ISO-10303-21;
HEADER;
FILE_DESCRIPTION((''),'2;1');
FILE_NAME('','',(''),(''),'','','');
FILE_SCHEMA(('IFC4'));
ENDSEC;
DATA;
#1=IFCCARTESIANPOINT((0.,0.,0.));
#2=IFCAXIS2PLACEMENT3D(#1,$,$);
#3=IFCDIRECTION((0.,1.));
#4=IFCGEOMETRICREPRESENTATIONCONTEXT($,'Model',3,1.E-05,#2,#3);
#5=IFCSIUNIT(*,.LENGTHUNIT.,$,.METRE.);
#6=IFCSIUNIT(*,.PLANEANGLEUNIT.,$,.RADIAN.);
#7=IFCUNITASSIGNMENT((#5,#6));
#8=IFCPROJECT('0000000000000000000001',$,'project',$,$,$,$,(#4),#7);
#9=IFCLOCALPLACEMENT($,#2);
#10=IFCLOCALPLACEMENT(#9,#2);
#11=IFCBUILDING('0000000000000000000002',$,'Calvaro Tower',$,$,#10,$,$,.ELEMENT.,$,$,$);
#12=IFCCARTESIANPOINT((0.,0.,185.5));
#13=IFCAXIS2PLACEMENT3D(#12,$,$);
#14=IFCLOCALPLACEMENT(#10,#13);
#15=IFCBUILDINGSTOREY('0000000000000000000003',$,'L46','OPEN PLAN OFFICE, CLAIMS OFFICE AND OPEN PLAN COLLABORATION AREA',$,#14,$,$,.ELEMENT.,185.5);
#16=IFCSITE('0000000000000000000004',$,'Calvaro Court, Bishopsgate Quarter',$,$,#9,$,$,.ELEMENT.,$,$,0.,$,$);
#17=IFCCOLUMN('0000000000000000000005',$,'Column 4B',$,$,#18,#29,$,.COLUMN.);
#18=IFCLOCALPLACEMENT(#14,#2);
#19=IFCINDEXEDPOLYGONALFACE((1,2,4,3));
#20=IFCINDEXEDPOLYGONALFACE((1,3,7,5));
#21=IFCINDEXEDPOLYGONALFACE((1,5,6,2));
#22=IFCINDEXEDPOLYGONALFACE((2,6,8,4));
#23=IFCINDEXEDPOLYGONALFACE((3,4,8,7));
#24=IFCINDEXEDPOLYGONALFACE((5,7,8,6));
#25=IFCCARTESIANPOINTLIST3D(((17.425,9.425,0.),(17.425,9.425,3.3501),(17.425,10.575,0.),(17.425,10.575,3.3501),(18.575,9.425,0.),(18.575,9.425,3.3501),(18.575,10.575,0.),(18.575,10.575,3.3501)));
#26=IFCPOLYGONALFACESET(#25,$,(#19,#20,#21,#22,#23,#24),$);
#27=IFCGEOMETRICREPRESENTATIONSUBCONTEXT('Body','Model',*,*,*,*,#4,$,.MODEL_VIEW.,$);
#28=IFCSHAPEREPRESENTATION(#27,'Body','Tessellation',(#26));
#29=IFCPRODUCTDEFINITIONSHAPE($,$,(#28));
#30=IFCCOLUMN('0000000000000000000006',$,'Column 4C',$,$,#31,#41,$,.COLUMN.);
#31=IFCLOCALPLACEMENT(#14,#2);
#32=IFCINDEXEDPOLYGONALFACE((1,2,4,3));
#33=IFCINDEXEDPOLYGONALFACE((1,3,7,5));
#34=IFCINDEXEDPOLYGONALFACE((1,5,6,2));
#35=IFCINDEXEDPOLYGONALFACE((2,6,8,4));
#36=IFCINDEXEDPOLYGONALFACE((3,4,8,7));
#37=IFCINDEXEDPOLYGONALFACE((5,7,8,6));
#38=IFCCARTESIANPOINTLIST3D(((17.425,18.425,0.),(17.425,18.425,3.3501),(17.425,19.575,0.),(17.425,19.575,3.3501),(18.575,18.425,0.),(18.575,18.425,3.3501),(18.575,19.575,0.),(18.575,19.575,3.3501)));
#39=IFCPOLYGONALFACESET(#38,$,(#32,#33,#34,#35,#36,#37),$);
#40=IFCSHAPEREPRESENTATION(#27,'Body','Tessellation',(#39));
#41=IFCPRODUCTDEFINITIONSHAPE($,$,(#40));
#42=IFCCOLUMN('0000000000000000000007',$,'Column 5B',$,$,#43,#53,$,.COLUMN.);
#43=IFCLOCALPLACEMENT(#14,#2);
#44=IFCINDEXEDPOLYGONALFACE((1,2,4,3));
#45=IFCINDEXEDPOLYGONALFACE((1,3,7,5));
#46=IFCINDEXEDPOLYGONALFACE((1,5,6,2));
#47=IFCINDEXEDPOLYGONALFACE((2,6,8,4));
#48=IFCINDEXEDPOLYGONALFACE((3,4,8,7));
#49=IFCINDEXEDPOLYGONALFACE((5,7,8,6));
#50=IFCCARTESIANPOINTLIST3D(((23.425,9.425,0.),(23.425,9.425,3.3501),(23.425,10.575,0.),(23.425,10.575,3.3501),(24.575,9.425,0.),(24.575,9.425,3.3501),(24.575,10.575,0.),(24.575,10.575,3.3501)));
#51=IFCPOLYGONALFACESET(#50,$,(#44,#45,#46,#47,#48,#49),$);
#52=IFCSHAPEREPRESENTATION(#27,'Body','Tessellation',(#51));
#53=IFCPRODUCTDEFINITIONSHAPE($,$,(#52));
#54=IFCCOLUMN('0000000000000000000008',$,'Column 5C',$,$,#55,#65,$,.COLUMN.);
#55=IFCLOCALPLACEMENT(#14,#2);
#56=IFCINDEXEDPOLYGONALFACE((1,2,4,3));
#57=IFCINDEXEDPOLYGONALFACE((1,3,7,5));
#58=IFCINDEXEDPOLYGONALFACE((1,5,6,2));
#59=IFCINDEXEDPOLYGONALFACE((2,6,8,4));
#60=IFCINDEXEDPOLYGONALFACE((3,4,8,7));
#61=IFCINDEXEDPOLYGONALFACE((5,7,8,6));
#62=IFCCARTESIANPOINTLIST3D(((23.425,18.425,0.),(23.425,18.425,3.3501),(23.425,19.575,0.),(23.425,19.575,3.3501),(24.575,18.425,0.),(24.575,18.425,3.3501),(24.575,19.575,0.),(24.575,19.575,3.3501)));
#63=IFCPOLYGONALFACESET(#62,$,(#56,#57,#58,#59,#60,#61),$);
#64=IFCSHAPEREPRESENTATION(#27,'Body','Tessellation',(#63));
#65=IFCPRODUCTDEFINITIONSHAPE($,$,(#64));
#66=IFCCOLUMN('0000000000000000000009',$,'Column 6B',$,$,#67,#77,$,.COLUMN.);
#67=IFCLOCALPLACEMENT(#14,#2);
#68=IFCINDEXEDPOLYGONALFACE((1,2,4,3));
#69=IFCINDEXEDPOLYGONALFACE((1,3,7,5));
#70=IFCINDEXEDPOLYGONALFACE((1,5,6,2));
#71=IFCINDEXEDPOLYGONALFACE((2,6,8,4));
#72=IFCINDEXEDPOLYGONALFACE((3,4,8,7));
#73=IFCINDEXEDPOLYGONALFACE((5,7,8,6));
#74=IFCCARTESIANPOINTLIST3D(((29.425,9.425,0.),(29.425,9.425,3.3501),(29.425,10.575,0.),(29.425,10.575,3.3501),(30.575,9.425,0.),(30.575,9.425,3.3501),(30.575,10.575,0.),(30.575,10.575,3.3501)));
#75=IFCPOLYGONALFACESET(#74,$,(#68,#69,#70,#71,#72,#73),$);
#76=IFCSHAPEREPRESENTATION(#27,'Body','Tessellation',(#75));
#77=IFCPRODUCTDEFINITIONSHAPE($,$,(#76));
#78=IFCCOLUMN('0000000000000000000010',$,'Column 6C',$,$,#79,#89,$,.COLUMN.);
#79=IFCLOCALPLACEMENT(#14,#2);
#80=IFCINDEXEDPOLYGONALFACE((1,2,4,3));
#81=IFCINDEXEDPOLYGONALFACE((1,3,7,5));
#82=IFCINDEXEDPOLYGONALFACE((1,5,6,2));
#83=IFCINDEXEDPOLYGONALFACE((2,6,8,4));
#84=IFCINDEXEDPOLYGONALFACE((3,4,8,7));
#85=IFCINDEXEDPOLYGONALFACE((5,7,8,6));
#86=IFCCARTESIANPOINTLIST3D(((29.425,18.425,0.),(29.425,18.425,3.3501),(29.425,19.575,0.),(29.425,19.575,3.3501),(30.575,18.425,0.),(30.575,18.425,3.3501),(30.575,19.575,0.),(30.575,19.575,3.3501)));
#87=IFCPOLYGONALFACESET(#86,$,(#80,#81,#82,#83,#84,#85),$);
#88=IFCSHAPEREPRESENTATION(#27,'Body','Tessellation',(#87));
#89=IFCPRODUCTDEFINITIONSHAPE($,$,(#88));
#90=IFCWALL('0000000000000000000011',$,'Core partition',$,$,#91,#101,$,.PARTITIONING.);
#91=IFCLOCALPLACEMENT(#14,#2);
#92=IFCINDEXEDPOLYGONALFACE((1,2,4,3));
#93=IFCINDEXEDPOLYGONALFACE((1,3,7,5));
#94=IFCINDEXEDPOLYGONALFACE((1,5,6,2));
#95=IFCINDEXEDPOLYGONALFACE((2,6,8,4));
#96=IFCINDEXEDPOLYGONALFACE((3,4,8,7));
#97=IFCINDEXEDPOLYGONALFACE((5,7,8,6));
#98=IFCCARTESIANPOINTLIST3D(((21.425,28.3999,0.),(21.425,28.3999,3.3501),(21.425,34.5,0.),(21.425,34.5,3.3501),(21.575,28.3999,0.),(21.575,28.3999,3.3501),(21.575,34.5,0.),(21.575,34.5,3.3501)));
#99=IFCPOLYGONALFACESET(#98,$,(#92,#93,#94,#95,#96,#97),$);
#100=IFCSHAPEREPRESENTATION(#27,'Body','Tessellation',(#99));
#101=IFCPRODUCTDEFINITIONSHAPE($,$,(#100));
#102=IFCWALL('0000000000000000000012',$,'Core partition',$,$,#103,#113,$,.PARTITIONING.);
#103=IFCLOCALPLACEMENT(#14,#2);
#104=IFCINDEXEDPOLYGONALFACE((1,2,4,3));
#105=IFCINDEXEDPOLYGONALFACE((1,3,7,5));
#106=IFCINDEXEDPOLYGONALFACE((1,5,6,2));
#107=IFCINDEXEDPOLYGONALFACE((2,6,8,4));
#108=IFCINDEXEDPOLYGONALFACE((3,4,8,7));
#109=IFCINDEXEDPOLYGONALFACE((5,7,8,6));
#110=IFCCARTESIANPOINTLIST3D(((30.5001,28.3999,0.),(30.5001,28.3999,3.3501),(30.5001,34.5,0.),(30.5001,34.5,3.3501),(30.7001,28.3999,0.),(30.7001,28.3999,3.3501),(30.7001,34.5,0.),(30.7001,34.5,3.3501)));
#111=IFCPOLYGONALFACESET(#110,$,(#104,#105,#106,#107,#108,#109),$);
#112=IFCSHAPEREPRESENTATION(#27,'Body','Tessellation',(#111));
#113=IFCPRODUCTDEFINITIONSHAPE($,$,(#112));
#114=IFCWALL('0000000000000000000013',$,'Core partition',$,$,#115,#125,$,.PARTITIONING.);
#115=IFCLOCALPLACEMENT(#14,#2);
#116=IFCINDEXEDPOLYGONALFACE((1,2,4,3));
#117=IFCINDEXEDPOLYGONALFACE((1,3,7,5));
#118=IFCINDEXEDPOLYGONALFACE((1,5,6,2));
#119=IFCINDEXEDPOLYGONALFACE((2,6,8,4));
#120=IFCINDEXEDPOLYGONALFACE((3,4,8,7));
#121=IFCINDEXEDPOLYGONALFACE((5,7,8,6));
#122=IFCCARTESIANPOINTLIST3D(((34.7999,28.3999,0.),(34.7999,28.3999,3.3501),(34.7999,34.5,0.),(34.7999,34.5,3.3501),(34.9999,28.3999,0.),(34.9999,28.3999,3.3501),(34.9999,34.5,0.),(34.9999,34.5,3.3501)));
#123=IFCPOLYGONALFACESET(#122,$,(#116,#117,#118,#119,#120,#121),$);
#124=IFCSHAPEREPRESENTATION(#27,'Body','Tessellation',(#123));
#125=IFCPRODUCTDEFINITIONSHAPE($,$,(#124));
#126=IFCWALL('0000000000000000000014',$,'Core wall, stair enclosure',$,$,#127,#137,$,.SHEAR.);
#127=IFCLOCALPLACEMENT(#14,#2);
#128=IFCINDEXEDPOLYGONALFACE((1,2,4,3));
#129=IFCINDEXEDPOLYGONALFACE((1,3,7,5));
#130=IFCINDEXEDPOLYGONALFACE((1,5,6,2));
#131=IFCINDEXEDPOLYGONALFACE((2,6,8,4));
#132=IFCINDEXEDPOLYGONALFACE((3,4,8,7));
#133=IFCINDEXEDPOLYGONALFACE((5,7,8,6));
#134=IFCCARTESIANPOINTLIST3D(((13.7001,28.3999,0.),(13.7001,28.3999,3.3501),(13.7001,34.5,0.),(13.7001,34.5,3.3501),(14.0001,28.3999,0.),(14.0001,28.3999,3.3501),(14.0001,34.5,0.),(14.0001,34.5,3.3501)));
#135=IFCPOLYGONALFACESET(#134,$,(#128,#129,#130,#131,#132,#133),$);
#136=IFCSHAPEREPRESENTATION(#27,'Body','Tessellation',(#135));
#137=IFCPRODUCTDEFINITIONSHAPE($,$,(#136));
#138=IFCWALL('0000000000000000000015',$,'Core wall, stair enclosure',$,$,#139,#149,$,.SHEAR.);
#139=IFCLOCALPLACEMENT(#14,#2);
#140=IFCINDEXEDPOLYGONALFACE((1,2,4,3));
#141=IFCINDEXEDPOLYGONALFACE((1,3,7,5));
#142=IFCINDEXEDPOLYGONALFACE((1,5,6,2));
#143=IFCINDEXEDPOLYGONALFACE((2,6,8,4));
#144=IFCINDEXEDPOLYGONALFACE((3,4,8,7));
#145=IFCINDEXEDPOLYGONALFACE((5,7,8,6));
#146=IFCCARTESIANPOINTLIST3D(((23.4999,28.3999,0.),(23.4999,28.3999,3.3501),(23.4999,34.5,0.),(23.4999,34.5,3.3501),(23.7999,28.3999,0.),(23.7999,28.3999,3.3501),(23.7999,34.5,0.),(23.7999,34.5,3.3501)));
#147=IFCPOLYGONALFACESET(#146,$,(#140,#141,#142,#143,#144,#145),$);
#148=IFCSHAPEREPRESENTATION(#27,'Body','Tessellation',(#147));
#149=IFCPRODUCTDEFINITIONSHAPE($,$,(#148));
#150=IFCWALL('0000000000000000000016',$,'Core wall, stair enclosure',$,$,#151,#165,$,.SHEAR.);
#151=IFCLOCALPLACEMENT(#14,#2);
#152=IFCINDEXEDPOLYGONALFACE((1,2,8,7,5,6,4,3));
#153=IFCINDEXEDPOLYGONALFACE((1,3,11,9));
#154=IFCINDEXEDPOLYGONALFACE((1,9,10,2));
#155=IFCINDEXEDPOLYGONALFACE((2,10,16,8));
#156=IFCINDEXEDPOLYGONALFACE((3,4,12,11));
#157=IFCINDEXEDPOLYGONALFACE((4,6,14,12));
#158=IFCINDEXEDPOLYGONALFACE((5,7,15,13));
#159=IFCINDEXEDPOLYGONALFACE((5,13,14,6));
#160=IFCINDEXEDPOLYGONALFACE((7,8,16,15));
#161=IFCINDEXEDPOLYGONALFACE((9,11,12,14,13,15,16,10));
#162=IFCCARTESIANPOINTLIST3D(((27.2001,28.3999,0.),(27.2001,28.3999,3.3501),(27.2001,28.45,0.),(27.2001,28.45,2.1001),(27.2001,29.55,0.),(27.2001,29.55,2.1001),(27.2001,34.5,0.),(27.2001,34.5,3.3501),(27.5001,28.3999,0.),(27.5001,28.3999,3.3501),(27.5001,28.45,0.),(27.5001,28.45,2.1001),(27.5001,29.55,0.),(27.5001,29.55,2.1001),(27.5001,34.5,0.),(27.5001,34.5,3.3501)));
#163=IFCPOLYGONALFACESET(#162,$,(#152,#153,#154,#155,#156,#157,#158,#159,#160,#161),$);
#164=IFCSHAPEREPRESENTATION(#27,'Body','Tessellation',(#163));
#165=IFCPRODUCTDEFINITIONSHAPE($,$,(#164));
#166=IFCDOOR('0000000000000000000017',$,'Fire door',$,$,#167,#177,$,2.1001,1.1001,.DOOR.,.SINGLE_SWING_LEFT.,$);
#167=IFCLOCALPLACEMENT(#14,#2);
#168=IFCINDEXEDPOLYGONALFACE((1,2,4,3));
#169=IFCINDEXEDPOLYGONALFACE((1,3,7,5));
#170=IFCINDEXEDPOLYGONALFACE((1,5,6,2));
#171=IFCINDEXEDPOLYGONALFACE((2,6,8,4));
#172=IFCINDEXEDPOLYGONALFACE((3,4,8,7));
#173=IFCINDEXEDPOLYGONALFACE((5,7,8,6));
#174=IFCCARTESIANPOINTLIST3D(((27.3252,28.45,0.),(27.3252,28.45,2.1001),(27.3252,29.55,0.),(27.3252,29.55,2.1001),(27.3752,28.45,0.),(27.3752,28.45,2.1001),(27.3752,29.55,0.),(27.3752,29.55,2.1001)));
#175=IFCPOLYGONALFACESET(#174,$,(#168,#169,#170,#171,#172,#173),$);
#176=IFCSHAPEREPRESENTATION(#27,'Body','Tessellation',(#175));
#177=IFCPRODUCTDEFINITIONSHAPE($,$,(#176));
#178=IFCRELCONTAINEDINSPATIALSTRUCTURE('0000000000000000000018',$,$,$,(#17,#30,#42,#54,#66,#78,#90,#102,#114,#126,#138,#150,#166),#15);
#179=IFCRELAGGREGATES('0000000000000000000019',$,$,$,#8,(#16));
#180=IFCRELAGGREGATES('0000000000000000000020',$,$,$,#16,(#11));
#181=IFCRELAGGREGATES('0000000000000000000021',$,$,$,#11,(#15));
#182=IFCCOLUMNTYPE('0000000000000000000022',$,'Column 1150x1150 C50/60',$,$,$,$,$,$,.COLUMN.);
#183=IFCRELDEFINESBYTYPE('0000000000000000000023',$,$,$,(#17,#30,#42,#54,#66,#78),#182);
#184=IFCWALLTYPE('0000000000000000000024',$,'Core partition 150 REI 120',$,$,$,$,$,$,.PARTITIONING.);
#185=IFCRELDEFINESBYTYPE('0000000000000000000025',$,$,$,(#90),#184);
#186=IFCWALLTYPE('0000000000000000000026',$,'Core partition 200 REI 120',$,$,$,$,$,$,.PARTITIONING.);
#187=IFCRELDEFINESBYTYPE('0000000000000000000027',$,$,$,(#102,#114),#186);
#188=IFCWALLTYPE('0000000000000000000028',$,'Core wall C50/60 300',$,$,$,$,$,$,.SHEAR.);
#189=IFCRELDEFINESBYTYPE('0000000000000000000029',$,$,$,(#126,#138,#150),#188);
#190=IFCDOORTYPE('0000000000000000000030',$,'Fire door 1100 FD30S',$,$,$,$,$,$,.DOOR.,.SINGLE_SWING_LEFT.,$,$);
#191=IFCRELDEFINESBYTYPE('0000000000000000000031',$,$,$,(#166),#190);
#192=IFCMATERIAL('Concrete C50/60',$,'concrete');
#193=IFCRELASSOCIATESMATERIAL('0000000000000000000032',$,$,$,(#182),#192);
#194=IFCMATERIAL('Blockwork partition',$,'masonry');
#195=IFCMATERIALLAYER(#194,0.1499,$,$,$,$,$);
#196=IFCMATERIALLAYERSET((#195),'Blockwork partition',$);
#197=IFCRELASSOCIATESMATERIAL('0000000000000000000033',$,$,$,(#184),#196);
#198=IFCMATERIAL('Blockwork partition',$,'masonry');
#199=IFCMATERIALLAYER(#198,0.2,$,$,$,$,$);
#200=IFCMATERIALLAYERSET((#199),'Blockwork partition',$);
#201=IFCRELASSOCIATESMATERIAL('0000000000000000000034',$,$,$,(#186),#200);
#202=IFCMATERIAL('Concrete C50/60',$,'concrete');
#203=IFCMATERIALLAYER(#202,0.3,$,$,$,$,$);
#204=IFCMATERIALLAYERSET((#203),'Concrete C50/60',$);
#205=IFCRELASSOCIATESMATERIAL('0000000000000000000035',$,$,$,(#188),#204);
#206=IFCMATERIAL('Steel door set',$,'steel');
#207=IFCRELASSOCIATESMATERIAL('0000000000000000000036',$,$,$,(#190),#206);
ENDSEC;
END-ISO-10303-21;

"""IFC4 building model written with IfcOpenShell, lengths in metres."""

from ifc_helpers import new_model, si_unit, direction, frame, frame_2d, origin, origin_2d, place, context, subcontext, project, spatial, rectangle, extrude, material, layer, layer_set, material_profile, profile_set, type_object, element, fill, save


model = new_model("IFC4")

# Units and contexts
model_context = context("Model", 3, precision=1e-05, world=origin(), true_north=direction((0.0, 1.0)))
body_context = subcontext(model_context, "Body", "Model", "MODEL_VIEW")
ifc_project = project(units=[si_unit("LENGTHUNIT", "METRE"), si_unit("PLANEANGLEUNIT", "RADIAN")], contexts=[model_context])

# Site, building, storey
site_placement = place(None, origin())
site = spatial("IfcSite", under=ifc_project, at=site_placement, Name="Calvaro Court, Bishopsgate Quarter", CompositionType="ELEMENT", RefElevation=0.0)
building_placement = place(site_placement, origin())
building = spatial("IfcBuilding", under=site, at=building_placement, Name="Calvaro Tower", CompositionType="ELEMENT")
storey_placement = place(building_placement, frame((0.0, 0.0, 185.5)))
storey = spatial("IfcBuildingStorey", under=building, at=storey_placement, Name="L46", Description="OPEN PLAN OFFICE, CLAIMS OFFICE AND OPEN PLAN COLLABORATION AREA", CompositionType="ELEMENT", Elevation=185.5)

# Columns
ifc_material_1 = material(Name="Concrete C50/60", Category="concrete")
ifc_material_profile = material_profile(ifc_material_1, rectangle(XDim=1.1499, YDim=1.1499, at=origin_2d()), Name="RC 1150x1150")
ifc_profile_set = profile_set([ifc_material_profile], Name="Concrete C50/60")
column_type = type_object("IfcColumnType", Name="Column 1150x1150 C50/60", PredefinedType="COLUMN", material=ifc_profile_set)
for number, where, z_axis, x_axis, name in (
    (1, (18.0, 10.0, 0.0), (0.0, 0.0, 1.0), (1.0, 0.0, 0.0), "Column 4B"),
    (2, (18.0, 19.0, 0.0), (0.0, 0.0, 1.0), (1.0, 0.0, 0.0), "Column 4C"),
    (3, (24.0, 10.0, 0.0), (0.0, 0.0, 1.0), (1.0, 0.0, 0.0), "Column 5B"),
    (4, (24.0, 19.0, 0.0), (0.0, 0.0, 1.0), (1.0, 0.0, 0.0), "Column 5C"),
    (5, (30.0, 10.0, 0.0), (0.0, 0.0, 1.0), (1.0, 0.0, 0.0), "Column 6B"),
    (6, (30.0, 19.0, 0.0), (0.0, 0.0, 1.0), (1.0, 0.0, 0.0), "Column 6C"),
):
    element("IfcColumn", number, at=place(storey_placement, frame(where, z_axis=z_axis, x_axis=x_axis)), inside=storey, type_object=column_type, Name=name, PredefinedType="COLUMN", context=body_context, shape_type="SweptSolid", body=[
        extrude(rectangle(XDim=1.1499, YDim=1.1499, at=origin_2d()), origin(), (0.0, 0.0, 1.0), 3.3501),
    ])

# Walls
ifc_material_2 = material(Name="Blockwork partition", Category="masonry")
ifc_layer_1 = layer(ifc_material_2, 0.1499)
ifc_layer_set_1 = layer_set([ifc_layer_1], Name="Blockwork partition")
wall_type_1 = type_object("IfcWallType", Name="Core partition 150 REI 120", PredefinedType="PARTITIONING", material=ifc_layer_set_1)
wall_1_placement = place(storey_placement, frame((21.5, 28.3999, 0.0), z_axis=(0.0, 0.0, 1.0), x_axis=(0.0, 1.0, 0.0)))
element("IfcWall", 7, at=wall_1_placement, inside=storey, type_object=wall_type_1, Name="Core partition", PredefinedType="PARTITIONING", context=body_context, shape_type="SweptSolid", body=[
    extrude(rectangle(XDim=6.1001, YDim=0.1499, at=frame_2d((3.05, 0.0))), origin(), (0.0, 0.0, 1.0), 3.3501),
])
ifc_material_3 = material(Name="Blockwork partition", Category="masonry")
ifc_layer_2 = layer(ifc_material_3, 0.2)
ifc_layer_set_2 = layer_set([ifc_layer_2], Name="Blockwork partition")
wall_type_2 = type_object("IfcWallType", Name="Core partition 200 REI 120", PredefinedType="PARTITIONING", material=ifc_layer_set_2)
for number, where, z_axis, x_axis, name in (
    (8, (30.6001, 28.3999, 0.0), (0.0, 0.0, 1.0), (0.0, 1.0, 0.0), "Core partition"),
    (9, (34.8999, 28.3999, 0.0), (0.0, 0.0, 1.0), (0.0, 1.0, 0.0), "Core partition"),
):
    element("IfcWall", number, at=place(storey_placement, frame(where, z_axis=z_axis, x_axis=x_axis)), inside=storey, type_object=wall_type_2, Name=name, PredefinedType="PARTITIONING", context=body_context, shape_type="SweptSolid", body=[
        extrude(rectangle(XDim=6.1001, YDim=0.2, at=frame_2d((3.05, 0.0))), origin(), (0.0, 0.0, 1.0), 3.3501),
    ])
ifc_material_4 = material(Name="Concrete C50/60", Category="concrete")
ifc_layer_3 = layer(ifc_material_4, 0.3)
ifc_layer_set_3 = layer_set([ifc_layer_3], Name="Concrete C50/60")
wall_type_3 = type_object("IfcWallType", Name="Core wall C50/60 300", PredefinedType="SHEAR", material=ifc_layer_set_3)
for number, where, z_axis, x_axis, name in (
    (10, (13.8501, 28.3999, 0.0), (0.0, 0.0, 1.0), (0.0, 1.0, 0.0), "Core wall, stair enclosure"),
    (11, (23.6499, 28.3999, 0.0), (0.0, 0.0, 1.0), (0.0, 1.0, 0.0), "Core wall, stair enclosure"),
):
    element("IfcWall", number, at=place(storey_placement, frame(where, z_axis=z_axis, x_axis=x_axis)), inside=storey, type_object=wall_type_3, Name=name, PredefinedType="SHEAR", context=body_context, shape_type="SweptSolid", body=[
        extrude(rectangle(XDim=6.1001, YDim=0.3, at=frame_2d((3.05, 0.0))), origin(), (0.0, 0.0, 1.0), 3.3501),
    ])

# Wall, opening, door
wall_2_placement = place(storey_placement, frame((27.3501, 28.3999, 0.0), z_axis=(0.0, 0.0, 1.0), x_axis=(0.0, 1.0, 0.0)))
wall_2 = element("IfcWall", 12, at=wall_2_placement, inside=storey, type_object=wall_type_3, Name="Core wall, stair enclosure", PredefinedType="SHEAR", context=body_context, shape_type="SweptSolid", body=[
    extrude(rectangle(XDim=6.1001, YDim=0.3, at=frame_2d((3.05, 0.0))), origin(), (0.0, 0.0, 1.0), 3.3501),
])
opening_1_placement = place(wall_2_placement, frame((0.05, 0.0, 0.0)))
opening_1 = element("IfcOpeningElement", 13, at=opening_1_placement, cuts=wall_2, PredefinedType="OPENING", context=body_context, shape_type="SweptSolid", body=[
    extrude(rectangle(XDim=1.1001, YDim=2.1001, at=frame_2d((0.55, 1.05))), frame((0.0, 0.1599, 0.0), z_axis=(0.0, -1.0, 0.0), x_axis=(1.0, 0.0, 0.0)), (0.0, 0.0, 1.0), 0.3201),
])
ifc_material_5 = material(Name="Steel door set", Category="steel")
door_type_1 = type_object("IfcDoorType", Name="Fire door 1100 FD30S", OperationType="SINGLE_SWING_LEFT", PredefinedType="DOOR", material=ifc_material_5)
door_1_placement = place(opening_1_placement, origin())
door_1 = element("IfcDoor", 14, at=door_1_placement, inside=storey, type_object=door_type_1, Name="Fire door", OperationType="SINGLE_SWING_LEFT", OverallHeight=2.1001, OverallWidth=1.1001, PredefinedType="DOOR", context=body_context, shape_type="SweptSolid", body=[
    extrude(rectangle(XDim=1.1001, YDim=2.1001, at=frame_2d((0.55, 1.05))), frame((0.0, 0.0249, 0.0), z_axis=(0.0, -1.0, 0.0), x_axis=(1.0, 0.0, 0.0)), (0.0, 0.0, 1.0), 0.05),
])
fill(opening_1, door_1)

save(model, "model.ifc")
